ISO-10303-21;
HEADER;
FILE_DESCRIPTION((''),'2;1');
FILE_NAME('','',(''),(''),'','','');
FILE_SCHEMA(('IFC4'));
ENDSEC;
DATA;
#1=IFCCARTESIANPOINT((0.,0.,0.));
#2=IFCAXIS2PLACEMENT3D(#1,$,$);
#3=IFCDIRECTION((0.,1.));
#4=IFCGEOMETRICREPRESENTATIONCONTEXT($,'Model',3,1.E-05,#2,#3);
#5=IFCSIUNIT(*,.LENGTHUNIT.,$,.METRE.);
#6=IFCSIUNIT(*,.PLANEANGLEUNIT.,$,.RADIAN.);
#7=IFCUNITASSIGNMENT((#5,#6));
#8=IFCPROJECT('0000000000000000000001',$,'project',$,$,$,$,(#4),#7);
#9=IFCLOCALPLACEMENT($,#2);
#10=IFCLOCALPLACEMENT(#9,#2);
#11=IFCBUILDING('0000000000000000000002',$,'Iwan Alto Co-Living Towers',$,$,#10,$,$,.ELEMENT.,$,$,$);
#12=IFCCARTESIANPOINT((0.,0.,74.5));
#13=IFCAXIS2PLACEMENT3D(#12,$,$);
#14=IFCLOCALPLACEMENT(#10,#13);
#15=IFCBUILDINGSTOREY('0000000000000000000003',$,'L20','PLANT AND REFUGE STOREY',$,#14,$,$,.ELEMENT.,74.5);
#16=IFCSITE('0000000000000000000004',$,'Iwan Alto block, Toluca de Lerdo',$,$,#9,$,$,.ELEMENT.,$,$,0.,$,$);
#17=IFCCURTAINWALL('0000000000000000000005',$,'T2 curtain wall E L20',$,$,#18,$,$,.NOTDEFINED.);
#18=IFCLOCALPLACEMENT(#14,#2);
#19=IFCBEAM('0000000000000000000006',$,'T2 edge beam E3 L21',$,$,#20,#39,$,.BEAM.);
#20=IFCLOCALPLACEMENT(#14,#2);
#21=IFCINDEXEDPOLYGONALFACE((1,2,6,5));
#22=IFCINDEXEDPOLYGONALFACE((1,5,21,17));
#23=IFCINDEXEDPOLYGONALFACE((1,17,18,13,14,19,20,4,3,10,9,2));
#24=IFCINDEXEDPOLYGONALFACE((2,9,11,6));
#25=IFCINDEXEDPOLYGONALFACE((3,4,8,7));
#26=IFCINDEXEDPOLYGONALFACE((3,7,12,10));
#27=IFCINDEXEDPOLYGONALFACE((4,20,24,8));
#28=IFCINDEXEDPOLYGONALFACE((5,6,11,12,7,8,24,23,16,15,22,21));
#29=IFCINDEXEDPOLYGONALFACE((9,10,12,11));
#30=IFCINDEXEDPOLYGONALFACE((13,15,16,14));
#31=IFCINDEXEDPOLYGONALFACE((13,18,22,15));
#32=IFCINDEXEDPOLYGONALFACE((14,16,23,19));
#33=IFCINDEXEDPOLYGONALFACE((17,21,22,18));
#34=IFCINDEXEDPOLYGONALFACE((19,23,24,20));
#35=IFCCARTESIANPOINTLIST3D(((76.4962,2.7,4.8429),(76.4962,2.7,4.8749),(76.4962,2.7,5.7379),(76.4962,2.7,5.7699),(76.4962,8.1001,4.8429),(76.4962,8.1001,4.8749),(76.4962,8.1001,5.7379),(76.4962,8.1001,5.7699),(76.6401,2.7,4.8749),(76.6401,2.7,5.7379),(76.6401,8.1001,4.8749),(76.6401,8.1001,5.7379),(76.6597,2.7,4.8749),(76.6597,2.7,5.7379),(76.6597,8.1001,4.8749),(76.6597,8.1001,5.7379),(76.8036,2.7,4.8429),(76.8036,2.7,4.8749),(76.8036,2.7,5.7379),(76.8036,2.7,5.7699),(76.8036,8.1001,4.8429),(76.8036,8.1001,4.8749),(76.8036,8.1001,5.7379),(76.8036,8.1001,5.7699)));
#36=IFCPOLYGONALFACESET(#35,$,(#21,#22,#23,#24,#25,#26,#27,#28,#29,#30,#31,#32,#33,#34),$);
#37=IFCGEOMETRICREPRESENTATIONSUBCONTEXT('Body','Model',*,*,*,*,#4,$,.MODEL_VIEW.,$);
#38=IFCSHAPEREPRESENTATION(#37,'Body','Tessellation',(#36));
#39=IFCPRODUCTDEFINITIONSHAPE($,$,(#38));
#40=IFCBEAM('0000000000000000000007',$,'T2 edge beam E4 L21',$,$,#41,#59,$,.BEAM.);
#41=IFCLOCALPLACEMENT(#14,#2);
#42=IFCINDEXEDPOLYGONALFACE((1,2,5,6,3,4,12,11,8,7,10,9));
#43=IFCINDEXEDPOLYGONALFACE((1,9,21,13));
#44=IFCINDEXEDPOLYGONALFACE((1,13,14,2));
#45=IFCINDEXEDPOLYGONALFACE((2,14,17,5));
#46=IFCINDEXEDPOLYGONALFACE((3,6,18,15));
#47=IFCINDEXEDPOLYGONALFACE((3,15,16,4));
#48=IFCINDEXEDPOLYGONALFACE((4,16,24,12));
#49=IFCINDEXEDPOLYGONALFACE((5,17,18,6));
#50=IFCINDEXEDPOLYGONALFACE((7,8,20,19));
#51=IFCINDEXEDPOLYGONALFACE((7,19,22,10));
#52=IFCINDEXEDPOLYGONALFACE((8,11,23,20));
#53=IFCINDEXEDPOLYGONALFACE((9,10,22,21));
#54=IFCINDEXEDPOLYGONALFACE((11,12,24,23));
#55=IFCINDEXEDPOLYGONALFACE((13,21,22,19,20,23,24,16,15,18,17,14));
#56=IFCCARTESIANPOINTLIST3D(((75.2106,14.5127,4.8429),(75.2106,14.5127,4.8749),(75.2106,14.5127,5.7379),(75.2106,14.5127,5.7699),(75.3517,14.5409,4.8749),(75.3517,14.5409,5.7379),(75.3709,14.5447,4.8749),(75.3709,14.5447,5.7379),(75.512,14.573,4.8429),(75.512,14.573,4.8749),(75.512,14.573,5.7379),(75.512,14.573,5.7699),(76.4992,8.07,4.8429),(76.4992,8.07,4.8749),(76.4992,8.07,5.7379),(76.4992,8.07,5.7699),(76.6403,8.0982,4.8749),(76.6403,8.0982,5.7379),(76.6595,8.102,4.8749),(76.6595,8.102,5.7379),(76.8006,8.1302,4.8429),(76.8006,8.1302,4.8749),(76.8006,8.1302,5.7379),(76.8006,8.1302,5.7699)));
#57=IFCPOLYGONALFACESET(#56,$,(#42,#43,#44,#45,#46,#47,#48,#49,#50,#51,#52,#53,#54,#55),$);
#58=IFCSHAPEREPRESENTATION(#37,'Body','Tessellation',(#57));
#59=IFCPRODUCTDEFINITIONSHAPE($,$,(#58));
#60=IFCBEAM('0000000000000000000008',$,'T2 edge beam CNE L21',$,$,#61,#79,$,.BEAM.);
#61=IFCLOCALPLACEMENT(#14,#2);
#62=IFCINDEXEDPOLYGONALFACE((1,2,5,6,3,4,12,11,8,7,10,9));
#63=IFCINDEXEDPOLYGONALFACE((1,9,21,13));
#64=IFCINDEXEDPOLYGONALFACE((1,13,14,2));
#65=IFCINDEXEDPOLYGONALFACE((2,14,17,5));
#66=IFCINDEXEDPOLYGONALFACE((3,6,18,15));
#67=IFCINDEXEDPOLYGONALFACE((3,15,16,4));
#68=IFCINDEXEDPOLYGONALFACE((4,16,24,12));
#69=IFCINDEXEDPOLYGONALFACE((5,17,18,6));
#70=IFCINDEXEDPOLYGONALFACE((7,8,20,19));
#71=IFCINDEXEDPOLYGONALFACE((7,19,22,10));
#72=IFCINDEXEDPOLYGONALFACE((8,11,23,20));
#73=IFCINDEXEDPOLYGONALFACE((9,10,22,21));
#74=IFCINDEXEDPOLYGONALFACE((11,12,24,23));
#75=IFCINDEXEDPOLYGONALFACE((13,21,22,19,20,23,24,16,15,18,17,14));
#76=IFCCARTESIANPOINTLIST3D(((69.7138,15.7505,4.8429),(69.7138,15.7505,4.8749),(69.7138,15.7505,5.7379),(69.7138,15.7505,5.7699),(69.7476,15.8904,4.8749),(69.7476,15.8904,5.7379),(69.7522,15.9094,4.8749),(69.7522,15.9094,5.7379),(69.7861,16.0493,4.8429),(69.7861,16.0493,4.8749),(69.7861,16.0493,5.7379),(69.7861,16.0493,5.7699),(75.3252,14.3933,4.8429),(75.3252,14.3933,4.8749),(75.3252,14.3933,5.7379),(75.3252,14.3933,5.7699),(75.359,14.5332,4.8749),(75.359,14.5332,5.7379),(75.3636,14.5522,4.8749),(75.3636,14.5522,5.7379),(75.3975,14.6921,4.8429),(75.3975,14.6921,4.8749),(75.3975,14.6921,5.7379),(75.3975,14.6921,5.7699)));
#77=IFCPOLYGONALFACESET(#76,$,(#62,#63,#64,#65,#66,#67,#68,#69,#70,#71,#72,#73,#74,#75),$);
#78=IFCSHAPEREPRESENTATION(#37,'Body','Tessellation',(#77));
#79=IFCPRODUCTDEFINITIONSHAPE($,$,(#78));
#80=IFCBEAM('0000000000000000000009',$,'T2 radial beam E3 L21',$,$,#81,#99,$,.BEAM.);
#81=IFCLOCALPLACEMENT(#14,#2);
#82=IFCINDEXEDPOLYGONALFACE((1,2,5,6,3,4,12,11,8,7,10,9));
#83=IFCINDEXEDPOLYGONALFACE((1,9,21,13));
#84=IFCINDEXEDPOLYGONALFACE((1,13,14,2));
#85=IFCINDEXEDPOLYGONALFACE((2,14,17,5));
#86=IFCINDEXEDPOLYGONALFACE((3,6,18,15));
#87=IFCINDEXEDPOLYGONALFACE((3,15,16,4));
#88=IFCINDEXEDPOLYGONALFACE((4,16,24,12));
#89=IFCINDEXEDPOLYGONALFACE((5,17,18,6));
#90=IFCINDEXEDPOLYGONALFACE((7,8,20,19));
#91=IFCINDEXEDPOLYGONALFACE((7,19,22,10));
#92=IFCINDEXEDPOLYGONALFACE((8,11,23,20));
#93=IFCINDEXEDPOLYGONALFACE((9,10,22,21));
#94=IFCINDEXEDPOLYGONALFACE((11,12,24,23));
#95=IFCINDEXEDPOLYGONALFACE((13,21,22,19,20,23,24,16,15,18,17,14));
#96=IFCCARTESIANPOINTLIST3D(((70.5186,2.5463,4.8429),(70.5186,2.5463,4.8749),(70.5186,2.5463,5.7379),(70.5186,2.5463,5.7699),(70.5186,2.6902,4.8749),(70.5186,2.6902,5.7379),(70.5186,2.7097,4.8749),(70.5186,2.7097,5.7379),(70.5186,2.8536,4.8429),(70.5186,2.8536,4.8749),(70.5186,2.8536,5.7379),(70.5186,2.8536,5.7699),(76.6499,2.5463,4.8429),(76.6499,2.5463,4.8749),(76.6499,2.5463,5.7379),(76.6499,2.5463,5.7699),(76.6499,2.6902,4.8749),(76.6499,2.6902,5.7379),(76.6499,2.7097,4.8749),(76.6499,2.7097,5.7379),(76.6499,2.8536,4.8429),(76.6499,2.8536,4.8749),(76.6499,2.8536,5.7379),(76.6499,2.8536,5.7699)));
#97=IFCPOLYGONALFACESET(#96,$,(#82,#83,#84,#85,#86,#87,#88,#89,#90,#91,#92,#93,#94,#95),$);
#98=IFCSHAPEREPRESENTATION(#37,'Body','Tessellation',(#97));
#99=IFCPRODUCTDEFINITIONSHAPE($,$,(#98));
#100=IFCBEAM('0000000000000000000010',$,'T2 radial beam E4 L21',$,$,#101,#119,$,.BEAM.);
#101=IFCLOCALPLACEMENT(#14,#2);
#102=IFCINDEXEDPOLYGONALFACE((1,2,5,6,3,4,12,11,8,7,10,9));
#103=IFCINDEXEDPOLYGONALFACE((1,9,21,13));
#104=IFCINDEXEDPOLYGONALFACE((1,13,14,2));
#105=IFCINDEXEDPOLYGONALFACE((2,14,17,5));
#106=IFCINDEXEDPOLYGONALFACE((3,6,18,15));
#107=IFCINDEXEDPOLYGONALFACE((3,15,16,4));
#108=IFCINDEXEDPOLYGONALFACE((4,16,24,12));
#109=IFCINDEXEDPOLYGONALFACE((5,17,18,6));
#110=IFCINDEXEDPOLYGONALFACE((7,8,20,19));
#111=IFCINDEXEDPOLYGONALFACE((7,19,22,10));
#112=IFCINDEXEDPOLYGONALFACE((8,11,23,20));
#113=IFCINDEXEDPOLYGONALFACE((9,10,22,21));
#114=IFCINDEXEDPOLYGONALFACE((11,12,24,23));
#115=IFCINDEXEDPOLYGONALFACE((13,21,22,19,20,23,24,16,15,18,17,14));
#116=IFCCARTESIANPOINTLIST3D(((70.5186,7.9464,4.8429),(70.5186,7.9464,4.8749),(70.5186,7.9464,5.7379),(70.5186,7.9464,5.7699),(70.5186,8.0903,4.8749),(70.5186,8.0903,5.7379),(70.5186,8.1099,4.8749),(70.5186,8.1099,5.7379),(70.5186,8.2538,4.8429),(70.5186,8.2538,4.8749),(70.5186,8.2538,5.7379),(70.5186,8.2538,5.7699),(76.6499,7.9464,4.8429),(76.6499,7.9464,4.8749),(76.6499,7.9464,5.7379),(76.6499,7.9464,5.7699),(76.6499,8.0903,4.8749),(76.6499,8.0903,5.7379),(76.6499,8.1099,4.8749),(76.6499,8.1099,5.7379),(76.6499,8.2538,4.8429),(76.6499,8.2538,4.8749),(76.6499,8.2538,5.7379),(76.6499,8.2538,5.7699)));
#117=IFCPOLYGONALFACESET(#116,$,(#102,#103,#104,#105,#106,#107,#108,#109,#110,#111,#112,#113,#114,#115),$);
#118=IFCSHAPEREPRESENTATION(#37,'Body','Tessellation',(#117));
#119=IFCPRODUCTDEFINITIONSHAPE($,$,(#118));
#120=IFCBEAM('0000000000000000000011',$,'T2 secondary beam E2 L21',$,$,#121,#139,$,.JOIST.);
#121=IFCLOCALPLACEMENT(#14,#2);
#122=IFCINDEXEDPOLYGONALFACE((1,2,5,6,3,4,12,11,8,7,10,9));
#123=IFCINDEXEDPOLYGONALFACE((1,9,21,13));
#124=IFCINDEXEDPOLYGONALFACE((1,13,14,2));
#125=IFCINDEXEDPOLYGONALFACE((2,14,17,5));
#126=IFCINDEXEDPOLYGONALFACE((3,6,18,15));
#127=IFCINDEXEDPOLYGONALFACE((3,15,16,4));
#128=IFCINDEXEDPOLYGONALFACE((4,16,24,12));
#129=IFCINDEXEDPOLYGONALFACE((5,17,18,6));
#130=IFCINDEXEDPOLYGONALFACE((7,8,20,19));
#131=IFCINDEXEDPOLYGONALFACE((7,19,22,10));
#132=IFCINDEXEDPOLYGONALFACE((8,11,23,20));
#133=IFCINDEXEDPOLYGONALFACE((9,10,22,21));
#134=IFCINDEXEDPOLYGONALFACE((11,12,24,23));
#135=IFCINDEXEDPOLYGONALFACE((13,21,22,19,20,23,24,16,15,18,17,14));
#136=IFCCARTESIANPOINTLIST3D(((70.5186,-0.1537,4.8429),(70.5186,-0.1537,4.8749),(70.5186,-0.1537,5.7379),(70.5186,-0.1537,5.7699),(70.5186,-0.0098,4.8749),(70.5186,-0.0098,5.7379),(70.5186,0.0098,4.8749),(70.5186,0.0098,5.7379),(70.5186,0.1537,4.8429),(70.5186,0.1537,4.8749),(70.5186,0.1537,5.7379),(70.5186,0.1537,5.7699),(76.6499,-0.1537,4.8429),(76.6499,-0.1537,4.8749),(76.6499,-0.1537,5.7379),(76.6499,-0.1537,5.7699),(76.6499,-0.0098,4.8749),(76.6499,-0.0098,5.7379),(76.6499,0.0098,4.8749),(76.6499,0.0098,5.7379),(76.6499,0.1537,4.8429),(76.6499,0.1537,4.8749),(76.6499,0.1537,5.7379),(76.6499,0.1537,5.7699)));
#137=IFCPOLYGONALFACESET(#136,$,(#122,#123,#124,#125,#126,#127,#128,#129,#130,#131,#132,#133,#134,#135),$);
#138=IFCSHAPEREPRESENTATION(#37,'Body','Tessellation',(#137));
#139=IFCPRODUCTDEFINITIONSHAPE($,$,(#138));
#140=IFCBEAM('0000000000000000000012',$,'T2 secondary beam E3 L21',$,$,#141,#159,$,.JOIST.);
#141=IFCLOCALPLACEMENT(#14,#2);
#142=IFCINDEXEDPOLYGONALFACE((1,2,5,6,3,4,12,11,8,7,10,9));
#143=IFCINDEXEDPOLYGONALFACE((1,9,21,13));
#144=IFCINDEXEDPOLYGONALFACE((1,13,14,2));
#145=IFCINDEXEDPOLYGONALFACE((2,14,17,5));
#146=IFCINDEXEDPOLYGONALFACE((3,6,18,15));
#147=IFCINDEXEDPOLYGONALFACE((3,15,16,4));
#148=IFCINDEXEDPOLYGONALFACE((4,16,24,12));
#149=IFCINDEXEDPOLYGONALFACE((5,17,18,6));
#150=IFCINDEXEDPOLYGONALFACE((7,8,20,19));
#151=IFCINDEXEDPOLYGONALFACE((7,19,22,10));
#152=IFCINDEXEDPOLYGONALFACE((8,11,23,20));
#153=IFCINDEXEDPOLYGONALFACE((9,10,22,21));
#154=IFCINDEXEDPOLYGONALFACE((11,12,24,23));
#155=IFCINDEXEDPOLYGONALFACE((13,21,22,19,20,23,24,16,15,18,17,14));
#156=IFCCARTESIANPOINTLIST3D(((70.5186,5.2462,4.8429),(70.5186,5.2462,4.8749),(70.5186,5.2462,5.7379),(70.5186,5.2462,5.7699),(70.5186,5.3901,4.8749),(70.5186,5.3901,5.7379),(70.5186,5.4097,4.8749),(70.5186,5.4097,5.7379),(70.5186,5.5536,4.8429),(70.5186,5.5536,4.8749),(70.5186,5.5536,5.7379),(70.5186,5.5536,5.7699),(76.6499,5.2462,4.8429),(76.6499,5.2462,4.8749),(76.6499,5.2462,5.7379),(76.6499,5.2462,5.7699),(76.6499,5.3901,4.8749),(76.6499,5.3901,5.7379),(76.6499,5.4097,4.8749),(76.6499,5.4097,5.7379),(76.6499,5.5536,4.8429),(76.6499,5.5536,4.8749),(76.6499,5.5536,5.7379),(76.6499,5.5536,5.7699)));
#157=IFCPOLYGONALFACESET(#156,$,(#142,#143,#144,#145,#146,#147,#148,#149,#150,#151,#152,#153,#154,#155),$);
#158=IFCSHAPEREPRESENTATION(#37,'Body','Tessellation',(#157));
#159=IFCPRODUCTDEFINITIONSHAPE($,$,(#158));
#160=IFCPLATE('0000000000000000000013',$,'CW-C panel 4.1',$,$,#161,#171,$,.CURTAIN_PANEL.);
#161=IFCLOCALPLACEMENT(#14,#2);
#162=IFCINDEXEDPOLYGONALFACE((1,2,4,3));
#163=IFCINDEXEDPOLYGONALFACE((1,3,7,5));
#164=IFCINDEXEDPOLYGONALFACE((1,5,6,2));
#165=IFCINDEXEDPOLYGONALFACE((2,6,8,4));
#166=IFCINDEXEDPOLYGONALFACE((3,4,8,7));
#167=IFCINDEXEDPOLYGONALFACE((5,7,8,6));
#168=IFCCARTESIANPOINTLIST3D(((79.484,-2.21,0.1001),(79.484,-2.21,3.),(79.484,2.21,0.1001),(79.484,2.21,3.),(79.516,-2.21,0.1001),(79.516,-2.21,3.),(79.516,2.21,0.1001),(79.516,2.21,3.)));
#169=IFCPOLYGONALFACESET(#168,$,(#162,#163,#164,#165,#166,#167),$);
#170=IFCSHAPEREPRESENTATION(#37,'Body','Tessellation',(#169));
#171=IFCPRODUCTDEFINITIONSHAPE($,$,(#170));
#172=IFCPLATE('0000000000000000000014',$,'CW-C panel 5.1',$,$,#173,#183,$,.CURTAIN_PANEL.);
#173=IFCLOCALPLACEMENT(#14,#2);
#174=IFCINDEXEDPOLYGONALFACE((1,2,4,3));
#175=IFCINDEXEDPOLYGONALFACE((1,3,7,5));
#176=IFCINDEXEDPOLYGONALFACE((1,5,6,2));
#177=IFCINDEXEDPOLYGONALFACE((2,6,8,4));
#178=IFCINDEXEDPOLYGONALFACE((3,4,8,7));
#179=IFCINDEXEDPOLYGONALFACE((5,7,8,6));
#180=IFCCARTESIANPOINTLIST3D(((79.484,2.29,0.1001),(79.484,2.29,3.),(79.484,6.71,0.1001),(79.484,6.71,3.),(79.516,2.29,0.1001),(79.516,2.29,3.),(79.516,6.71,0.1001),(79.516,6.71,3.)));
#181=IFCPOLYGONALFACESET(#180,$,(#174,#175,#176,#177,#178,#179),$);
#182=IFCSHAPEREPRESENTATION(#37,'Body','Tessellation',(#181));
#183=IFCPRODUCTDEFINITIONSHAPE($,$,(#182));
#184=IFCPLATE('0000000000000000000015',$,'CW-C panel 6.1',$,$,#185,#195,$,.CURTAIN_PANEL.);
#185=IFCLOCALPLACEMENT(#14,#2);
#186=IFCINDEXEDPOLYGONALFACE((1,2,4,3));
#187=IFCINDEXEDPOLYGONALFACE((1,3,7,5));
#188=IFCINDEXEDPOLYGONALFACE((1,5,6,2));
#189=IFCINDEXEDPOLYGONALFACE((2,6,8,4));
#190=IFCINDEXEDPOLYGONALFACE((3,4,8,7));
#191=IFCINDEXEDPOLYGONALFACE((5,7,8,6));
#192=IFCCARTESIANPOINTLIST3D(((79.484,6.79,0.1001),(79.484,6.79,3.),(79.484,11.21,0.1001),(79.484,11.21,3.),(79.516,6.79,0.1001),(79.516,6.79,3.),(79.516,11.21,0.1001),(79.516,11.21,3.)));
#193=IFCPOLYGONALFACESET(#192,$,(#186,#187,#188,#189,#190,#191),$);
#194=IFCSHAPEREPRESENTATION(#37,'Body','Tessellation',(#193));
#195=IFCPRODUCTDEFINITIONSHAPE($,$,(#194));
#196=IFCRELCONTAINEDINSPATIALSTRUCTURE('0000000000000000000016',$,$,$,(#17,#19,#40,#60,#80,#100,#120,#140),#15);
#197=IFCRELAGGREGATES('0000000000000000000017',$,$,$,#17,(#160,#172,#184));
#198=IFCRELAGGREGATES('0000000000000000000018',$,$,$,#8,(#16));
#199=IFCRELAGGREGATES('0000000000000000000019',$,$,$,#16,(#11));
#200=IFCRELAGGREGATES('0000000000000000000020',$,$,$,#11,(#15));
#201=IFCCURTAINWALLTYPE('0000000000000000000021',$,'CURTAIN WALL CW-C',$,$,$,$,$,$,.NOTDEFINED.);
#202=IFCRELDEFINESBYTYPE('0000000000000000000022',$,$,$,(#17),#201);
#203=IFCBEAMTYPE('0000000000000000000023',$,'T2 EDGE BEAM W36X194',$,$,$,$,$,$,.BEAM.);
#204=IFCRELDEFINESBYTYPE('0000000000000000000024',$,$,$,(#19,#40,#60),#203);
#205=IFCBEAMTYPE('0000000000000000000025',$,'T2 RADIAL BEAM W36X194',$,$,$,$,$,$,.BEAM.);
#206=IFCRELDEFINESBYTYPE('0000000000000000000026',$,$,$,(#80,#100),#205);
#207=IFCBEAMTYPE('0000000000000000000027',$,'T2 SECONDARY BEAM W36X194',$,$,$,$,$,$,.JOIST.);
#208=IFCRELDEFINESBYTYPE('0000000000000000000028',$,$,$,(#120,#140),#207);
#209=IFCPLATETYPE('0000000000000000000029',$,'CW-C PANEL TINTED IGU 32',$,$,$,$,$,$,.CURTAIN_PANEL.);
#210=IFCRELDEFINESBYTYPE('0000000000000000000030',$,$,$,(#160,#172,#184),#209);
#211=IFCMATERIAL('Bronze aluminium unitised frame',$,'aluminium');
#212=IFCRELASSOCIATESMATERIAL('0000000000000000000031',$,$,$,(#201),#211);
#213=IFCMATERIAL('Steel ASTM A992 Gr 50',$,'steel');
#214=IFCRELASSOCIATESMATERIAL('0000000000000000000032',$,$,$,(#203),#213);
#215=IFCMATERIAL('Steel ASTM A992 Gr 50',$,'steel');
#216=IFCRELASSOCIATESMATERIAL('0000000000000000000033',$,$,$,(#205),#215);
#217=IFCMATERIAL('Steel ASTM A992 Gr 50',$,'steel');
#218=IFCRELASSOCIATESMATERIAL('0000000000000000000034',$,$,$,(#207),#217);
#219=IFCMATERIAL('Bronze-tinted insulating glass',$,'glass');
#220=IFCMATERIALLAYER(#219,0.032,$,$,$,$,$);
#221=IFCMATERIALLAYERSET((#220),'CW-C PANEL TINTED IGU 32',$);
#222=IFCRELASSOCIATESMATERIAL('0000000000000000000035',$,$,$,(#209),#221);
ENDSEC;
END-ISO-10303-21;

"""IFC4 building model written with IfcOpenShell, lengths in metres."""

from ifc_helpers import new_model, si_unit, direction, frame, origin, origin_2d, place, context, subcontext, project, spatial, rectangle, i_section, extrude, material, layer, layer_set, material_profile, profile_set, type_object, element, aggregate, save


model = new_model("IFC4")

# Units and contexts
model_context = context("Model", 3, precision=1e-05, world=origin(), true_north=direction((0.0, 1.0)))
body_context = subcontext(model_context, "Body", "Model", "MODEL_VIEW")
ifc_project = project(units=[si_unit("LENGTHUNIT", "METRE"), si_unit("PLANEANGLEUNIT", "RADIAN")], contexts=[model_context])

# Site, building, storey
site_placement = place(None, origin())
site = spatial("IfcSite", under=ifc_project, at=site_placement, Name="Iwan Alto block, Toluca de Lerdo", CompositionType="ELEMENT", RefElevation=0.0)
building_placement = place(site_placement, origin())
building = spatial("IfcBuilding", under=site, at=building_placement, Name="Iwan Alto Co-Living Towers", CompositionType="ELEMENT")
storey_placement = place(building_placement, frame((0.0, 0.0, 74.5)))
storey = spatial("IfcBuildingStorey", under=building, at=storey_placement, Name="L20", Description="PLANT AND REFUGE STOREY", CompositionType="ELEMENT", Elevation=74.5)

# Curtain wall
ifc_material_1 = material(Name="Bronze aluminium unitised frame", Category="aluminium")
curtain_wall_type = type_object("IfcCurtainWallType", Name="CURTAIN WALL CW-C", PredefinedType="NOTDEFINED", material=ifc_material_1)
curtain_wall_placement = place(storey_placement, origin())
curtain_wall = element("IfcCurtainWall", 1, at=curtain_wall_placement, inside=storey, type_object=curtain_wall_type, Name="T2 curtain wall E L20", PredefinedType="NOTDEFINED")

# Beams
ifc_material_2 = material(Name="Steel ASTM A992 Gr 50", Category="steel")
ifc_material_profile_1 = material_profile(ifc_material_2, i_section(OverallWidth=0.3074, OverallDepth=0.927, WebThickness=0.0195, FlangeThickness=0.032, at=origin_2d()), Name="W36X194")
ifc_profile_set_1 = profile_set([ifc_material_profile_1], Name="Steel ASTM A992 Gr 50")
beam_type_1 = type_object("IfcBeamType", Name="T2 EDGE BEAM W36X194", PredefinedType="BEAM", material=ifc_profile_set_1)
beam_1_placement = place(storey_placement, frame((76.6499, 2.7, 5.3064), z_axis=(0.0, 1.0, 0.0), x_axis=(-1.0, 0.0, 0.0)))
element("IfcBeam", 2, at=beam_1_placement, inside=storey, type_object=beam_type_1, Name="T2 edge beam E3 L21", PredefinedType="BEAM", context=body_context, shape_type="SweptSolid", body=[
    extrude(i_section(OverallWidth=0.3074, OverallDepth=0.927, WebThickness=0.0195, FlangeThickness=0.032, at=origin_2d()), origin(), (0.0, 0.0, 1.0), 5.4001),
])
beam_2_placement = place(storey_placement, frame((76.6499, 8.1001, 5.3064), z_axis=(-0.196123, 0.980579, 0.0), x_axis=(-0.980579, -0.196123, 0.0)))
element("IfcBeam", 3, at=beam_2_placement, inside=storey, type_object=beam_type_1, Name="T2 edge beam E4 L21", PredefinedType="BEAM", context=body_context, shape_type="SweptSolid", body=[
    extrude(i_section(OverallWidth=0.3074, OverallDepth=0.927, WebThickness=0.0195, FlangeThickness=0.032, at=origin_2d()), origin(), (0.0, 0.0, 1.0), 6.5703),
])
beam_3_placement = place(storey_placement, frame((75.3613, 14.5427, 5.3064), z_axis=(-0.971975, 0.235086, 0.0), x_axis=(-0.235086, -0.971975, 0.0)))
element("IfcBeam", 4, at=beam_3_placement, inside=storey, type_object=beam_type_1, Name="T2 edge beam CNE L21", PredefinedType="BEAM", context=body_context, shape_type="SweptSolid", body=[
    extrude(i_section(OverallWidth=0.3074, OverallDepth=0.927, WebThickness=0.0195, FlangeThickness=0.032, at=origin_2d()), origin(), (0.0, 0.0, 1.0), 5.7732),
])
ifc_material_3 = material(Name="Steel ASTM A992 Gr 50", Category="steel")
ifc_material_profile_2 = material_profile(ifc_material_3, i_section(OverallWidth=0.3074, OverallDepth=0.927, WebThickness=0.0195, FlangeThickness=0.032, at=origin_2d()), Name="W36X194")
ifc_profile_set_2 = profile_set([ifc_material_profile_2], Name="Steel ASTM A992 Gr 50")
beam_type_2 = type_object("IfcBeamType", Name="T2 RADIAL BEAM W36X194", PredefinedType="BEAM", material=ifc_profile_set_2)
for number, where, z_axis, x_axis, name in (
    (5, (76.6499, 2.7, 5.3064), (-1.0, 0.0, 0.0), (0.0, -1.0, 0.0), "T2 radial beam E3 L21"),
    (6, (76.6499, 8.1001, 5.3064), (-1.0, 0.0, 0.0), (0.0, -1.0, 0.0), "T2 radial beam E4 L21"),
):
    element("IfcBeam", number, at=place(storey_placement, frame(where, z_axis=z_axis, x_axis=x_axis)), inside=storey, type_object=beam_type_2, Name=name, PredefinedType="BEAM", context=body_context, shape_type="SweptSolid", body=[
        extrude(i_section(OverallWidth=0.3074, OverallDepth=0.927, WebThickness=0.0195, FlangeThickness=0.032, at=origin_2d()), origin(), (0.0, 0.0, 1.0), 6.1313),
    ])
ifc_material_4 = material(Name="Steel ASTM A992 Gr 50", Category="steel")
ifc_material_profile_3 = material_profile(ifc_material_4, i_section(OverallWidth=0.3074, OverallDepth=0.927, WebThickness=0.0195, FlangeThickness=0.032, at=origin_2d()), Name="W36X194")
ifc_profile_set_3 = profile_set([ifc_material_profile_3], Name="Steel ASTM A992 Gr 50")
beam_type_3 = type_object("IfcBeamType", Name="T2 SECONDARY BEAM W36X194", PredefinedType="JOIST", material=ifc_profile_set_3)
for number, where, z_axis, x_axis, name in (
    (7, (76.6499, 0.0, 5.3064), (-1.0, 0.0, 0.0), (0.0, -1.0, 0.0), "T2 secondary beam E2 L21"),
    (8, (76.6499, 5.3999, 5.3064), (-1.0, 0.0, 0.0), (0.0, -1.0, 0.0), "T2 secondary beam E3 L21"),
):
    element("IfcBeam", number, at=place(storey_placement, frame(where, z_axis=z_axis, x_axis=x_axis)), inside=storey, type_object=beam_type_3, Name=name, PredefinedType="JOIST", context=body_context, shape_type="SweptSolid", body=[
        extrude(i_section(OverallWidth=0.3074, OverallDepth=0.927, WebThickness=0.0195, FlangeThickness=0.032, at=origin_2d()), origin(), (0.0, 0.0, 1.0), 6.1313),
    ])

# Plates
ifc_material_5 = material(Name="Bronze-tinted insulating glass", Category="glass")
ifc_layer_1 = layer(ifc_material_5, 0.032)
ifc_layer_set_1 = layer_set([ifc_layer_1], Name="CW-C PANEL TINTED IGU 32")
plate_type = type_object("IfcPlateType", Name="CW-C PANEL TINTED IGU 32", PredefinedType="CURTAIN_PANEL", material=ifc_layer_set_1)
plate_1_placement = place(storey_placement, frame((79.5, 0.0, 0.1001), z_axis=(0.0, 0.0, 1.0), x_axis=(0.0, 1.0, 0.0)))
plate_1 = element("IfcPlate", 9, at=plate_1_placement, type_object=plate_type, Name="CW-C panel 4.1", PredefinedType="CURTAIN_PANEL", context=body_context, shape_type="SweptSolid", body=[
    extrude(rectangle(XDim=4.4199, YDim=0.032, at=origin_2d()), origin(), (0.0, 0.0, 1.0), 2.8999),
])
plate_2_placement = place(storey_placement, frame((79.5, 4.5, 0.1001), z_axis=(0.0, 0.0, 1.0), x_axis=(0.0, 1.0, 0.0)))
plate_2 = element("IfcPlate", 10, at=plate_2_placement, type_object=plate_type, Name="CW-C panel 5.1", PredefinedType="CURTAIN_PANEL", context=body_context, shape_type="SweptSolid", body=[
    extrude(rectangle(XDim=4.4199, YDim=0.032, at=origin_2d()), origin(), (0.0, 0.0, 1.0), 2.8999),
])
plate_3_placement = place(storey_placement, frame((79.5, 9.0, 0.1001), z_axis=(0.0, 0.0, 1.0), x_axis=(0.0, 1.0, 0.0)))
plate_3 = element("IfcPlate", 11, at=plate_3_placement, type_object=plate_type, Name="CW-C panel 6.1", PredefinedType="CURTAIN_PANEL", context=body_context, shape_type="SweptSolid", body=[
    extrude(rectangle(XDim=4.4199, YDim=0.032, at=origin_2d()), origin(), (0.0, 0.0, 1.0), 2.8999),
])
aggregate(curtain_wall, [plate_1, plate_2, plate_3])

save(model, "model.ifc")
